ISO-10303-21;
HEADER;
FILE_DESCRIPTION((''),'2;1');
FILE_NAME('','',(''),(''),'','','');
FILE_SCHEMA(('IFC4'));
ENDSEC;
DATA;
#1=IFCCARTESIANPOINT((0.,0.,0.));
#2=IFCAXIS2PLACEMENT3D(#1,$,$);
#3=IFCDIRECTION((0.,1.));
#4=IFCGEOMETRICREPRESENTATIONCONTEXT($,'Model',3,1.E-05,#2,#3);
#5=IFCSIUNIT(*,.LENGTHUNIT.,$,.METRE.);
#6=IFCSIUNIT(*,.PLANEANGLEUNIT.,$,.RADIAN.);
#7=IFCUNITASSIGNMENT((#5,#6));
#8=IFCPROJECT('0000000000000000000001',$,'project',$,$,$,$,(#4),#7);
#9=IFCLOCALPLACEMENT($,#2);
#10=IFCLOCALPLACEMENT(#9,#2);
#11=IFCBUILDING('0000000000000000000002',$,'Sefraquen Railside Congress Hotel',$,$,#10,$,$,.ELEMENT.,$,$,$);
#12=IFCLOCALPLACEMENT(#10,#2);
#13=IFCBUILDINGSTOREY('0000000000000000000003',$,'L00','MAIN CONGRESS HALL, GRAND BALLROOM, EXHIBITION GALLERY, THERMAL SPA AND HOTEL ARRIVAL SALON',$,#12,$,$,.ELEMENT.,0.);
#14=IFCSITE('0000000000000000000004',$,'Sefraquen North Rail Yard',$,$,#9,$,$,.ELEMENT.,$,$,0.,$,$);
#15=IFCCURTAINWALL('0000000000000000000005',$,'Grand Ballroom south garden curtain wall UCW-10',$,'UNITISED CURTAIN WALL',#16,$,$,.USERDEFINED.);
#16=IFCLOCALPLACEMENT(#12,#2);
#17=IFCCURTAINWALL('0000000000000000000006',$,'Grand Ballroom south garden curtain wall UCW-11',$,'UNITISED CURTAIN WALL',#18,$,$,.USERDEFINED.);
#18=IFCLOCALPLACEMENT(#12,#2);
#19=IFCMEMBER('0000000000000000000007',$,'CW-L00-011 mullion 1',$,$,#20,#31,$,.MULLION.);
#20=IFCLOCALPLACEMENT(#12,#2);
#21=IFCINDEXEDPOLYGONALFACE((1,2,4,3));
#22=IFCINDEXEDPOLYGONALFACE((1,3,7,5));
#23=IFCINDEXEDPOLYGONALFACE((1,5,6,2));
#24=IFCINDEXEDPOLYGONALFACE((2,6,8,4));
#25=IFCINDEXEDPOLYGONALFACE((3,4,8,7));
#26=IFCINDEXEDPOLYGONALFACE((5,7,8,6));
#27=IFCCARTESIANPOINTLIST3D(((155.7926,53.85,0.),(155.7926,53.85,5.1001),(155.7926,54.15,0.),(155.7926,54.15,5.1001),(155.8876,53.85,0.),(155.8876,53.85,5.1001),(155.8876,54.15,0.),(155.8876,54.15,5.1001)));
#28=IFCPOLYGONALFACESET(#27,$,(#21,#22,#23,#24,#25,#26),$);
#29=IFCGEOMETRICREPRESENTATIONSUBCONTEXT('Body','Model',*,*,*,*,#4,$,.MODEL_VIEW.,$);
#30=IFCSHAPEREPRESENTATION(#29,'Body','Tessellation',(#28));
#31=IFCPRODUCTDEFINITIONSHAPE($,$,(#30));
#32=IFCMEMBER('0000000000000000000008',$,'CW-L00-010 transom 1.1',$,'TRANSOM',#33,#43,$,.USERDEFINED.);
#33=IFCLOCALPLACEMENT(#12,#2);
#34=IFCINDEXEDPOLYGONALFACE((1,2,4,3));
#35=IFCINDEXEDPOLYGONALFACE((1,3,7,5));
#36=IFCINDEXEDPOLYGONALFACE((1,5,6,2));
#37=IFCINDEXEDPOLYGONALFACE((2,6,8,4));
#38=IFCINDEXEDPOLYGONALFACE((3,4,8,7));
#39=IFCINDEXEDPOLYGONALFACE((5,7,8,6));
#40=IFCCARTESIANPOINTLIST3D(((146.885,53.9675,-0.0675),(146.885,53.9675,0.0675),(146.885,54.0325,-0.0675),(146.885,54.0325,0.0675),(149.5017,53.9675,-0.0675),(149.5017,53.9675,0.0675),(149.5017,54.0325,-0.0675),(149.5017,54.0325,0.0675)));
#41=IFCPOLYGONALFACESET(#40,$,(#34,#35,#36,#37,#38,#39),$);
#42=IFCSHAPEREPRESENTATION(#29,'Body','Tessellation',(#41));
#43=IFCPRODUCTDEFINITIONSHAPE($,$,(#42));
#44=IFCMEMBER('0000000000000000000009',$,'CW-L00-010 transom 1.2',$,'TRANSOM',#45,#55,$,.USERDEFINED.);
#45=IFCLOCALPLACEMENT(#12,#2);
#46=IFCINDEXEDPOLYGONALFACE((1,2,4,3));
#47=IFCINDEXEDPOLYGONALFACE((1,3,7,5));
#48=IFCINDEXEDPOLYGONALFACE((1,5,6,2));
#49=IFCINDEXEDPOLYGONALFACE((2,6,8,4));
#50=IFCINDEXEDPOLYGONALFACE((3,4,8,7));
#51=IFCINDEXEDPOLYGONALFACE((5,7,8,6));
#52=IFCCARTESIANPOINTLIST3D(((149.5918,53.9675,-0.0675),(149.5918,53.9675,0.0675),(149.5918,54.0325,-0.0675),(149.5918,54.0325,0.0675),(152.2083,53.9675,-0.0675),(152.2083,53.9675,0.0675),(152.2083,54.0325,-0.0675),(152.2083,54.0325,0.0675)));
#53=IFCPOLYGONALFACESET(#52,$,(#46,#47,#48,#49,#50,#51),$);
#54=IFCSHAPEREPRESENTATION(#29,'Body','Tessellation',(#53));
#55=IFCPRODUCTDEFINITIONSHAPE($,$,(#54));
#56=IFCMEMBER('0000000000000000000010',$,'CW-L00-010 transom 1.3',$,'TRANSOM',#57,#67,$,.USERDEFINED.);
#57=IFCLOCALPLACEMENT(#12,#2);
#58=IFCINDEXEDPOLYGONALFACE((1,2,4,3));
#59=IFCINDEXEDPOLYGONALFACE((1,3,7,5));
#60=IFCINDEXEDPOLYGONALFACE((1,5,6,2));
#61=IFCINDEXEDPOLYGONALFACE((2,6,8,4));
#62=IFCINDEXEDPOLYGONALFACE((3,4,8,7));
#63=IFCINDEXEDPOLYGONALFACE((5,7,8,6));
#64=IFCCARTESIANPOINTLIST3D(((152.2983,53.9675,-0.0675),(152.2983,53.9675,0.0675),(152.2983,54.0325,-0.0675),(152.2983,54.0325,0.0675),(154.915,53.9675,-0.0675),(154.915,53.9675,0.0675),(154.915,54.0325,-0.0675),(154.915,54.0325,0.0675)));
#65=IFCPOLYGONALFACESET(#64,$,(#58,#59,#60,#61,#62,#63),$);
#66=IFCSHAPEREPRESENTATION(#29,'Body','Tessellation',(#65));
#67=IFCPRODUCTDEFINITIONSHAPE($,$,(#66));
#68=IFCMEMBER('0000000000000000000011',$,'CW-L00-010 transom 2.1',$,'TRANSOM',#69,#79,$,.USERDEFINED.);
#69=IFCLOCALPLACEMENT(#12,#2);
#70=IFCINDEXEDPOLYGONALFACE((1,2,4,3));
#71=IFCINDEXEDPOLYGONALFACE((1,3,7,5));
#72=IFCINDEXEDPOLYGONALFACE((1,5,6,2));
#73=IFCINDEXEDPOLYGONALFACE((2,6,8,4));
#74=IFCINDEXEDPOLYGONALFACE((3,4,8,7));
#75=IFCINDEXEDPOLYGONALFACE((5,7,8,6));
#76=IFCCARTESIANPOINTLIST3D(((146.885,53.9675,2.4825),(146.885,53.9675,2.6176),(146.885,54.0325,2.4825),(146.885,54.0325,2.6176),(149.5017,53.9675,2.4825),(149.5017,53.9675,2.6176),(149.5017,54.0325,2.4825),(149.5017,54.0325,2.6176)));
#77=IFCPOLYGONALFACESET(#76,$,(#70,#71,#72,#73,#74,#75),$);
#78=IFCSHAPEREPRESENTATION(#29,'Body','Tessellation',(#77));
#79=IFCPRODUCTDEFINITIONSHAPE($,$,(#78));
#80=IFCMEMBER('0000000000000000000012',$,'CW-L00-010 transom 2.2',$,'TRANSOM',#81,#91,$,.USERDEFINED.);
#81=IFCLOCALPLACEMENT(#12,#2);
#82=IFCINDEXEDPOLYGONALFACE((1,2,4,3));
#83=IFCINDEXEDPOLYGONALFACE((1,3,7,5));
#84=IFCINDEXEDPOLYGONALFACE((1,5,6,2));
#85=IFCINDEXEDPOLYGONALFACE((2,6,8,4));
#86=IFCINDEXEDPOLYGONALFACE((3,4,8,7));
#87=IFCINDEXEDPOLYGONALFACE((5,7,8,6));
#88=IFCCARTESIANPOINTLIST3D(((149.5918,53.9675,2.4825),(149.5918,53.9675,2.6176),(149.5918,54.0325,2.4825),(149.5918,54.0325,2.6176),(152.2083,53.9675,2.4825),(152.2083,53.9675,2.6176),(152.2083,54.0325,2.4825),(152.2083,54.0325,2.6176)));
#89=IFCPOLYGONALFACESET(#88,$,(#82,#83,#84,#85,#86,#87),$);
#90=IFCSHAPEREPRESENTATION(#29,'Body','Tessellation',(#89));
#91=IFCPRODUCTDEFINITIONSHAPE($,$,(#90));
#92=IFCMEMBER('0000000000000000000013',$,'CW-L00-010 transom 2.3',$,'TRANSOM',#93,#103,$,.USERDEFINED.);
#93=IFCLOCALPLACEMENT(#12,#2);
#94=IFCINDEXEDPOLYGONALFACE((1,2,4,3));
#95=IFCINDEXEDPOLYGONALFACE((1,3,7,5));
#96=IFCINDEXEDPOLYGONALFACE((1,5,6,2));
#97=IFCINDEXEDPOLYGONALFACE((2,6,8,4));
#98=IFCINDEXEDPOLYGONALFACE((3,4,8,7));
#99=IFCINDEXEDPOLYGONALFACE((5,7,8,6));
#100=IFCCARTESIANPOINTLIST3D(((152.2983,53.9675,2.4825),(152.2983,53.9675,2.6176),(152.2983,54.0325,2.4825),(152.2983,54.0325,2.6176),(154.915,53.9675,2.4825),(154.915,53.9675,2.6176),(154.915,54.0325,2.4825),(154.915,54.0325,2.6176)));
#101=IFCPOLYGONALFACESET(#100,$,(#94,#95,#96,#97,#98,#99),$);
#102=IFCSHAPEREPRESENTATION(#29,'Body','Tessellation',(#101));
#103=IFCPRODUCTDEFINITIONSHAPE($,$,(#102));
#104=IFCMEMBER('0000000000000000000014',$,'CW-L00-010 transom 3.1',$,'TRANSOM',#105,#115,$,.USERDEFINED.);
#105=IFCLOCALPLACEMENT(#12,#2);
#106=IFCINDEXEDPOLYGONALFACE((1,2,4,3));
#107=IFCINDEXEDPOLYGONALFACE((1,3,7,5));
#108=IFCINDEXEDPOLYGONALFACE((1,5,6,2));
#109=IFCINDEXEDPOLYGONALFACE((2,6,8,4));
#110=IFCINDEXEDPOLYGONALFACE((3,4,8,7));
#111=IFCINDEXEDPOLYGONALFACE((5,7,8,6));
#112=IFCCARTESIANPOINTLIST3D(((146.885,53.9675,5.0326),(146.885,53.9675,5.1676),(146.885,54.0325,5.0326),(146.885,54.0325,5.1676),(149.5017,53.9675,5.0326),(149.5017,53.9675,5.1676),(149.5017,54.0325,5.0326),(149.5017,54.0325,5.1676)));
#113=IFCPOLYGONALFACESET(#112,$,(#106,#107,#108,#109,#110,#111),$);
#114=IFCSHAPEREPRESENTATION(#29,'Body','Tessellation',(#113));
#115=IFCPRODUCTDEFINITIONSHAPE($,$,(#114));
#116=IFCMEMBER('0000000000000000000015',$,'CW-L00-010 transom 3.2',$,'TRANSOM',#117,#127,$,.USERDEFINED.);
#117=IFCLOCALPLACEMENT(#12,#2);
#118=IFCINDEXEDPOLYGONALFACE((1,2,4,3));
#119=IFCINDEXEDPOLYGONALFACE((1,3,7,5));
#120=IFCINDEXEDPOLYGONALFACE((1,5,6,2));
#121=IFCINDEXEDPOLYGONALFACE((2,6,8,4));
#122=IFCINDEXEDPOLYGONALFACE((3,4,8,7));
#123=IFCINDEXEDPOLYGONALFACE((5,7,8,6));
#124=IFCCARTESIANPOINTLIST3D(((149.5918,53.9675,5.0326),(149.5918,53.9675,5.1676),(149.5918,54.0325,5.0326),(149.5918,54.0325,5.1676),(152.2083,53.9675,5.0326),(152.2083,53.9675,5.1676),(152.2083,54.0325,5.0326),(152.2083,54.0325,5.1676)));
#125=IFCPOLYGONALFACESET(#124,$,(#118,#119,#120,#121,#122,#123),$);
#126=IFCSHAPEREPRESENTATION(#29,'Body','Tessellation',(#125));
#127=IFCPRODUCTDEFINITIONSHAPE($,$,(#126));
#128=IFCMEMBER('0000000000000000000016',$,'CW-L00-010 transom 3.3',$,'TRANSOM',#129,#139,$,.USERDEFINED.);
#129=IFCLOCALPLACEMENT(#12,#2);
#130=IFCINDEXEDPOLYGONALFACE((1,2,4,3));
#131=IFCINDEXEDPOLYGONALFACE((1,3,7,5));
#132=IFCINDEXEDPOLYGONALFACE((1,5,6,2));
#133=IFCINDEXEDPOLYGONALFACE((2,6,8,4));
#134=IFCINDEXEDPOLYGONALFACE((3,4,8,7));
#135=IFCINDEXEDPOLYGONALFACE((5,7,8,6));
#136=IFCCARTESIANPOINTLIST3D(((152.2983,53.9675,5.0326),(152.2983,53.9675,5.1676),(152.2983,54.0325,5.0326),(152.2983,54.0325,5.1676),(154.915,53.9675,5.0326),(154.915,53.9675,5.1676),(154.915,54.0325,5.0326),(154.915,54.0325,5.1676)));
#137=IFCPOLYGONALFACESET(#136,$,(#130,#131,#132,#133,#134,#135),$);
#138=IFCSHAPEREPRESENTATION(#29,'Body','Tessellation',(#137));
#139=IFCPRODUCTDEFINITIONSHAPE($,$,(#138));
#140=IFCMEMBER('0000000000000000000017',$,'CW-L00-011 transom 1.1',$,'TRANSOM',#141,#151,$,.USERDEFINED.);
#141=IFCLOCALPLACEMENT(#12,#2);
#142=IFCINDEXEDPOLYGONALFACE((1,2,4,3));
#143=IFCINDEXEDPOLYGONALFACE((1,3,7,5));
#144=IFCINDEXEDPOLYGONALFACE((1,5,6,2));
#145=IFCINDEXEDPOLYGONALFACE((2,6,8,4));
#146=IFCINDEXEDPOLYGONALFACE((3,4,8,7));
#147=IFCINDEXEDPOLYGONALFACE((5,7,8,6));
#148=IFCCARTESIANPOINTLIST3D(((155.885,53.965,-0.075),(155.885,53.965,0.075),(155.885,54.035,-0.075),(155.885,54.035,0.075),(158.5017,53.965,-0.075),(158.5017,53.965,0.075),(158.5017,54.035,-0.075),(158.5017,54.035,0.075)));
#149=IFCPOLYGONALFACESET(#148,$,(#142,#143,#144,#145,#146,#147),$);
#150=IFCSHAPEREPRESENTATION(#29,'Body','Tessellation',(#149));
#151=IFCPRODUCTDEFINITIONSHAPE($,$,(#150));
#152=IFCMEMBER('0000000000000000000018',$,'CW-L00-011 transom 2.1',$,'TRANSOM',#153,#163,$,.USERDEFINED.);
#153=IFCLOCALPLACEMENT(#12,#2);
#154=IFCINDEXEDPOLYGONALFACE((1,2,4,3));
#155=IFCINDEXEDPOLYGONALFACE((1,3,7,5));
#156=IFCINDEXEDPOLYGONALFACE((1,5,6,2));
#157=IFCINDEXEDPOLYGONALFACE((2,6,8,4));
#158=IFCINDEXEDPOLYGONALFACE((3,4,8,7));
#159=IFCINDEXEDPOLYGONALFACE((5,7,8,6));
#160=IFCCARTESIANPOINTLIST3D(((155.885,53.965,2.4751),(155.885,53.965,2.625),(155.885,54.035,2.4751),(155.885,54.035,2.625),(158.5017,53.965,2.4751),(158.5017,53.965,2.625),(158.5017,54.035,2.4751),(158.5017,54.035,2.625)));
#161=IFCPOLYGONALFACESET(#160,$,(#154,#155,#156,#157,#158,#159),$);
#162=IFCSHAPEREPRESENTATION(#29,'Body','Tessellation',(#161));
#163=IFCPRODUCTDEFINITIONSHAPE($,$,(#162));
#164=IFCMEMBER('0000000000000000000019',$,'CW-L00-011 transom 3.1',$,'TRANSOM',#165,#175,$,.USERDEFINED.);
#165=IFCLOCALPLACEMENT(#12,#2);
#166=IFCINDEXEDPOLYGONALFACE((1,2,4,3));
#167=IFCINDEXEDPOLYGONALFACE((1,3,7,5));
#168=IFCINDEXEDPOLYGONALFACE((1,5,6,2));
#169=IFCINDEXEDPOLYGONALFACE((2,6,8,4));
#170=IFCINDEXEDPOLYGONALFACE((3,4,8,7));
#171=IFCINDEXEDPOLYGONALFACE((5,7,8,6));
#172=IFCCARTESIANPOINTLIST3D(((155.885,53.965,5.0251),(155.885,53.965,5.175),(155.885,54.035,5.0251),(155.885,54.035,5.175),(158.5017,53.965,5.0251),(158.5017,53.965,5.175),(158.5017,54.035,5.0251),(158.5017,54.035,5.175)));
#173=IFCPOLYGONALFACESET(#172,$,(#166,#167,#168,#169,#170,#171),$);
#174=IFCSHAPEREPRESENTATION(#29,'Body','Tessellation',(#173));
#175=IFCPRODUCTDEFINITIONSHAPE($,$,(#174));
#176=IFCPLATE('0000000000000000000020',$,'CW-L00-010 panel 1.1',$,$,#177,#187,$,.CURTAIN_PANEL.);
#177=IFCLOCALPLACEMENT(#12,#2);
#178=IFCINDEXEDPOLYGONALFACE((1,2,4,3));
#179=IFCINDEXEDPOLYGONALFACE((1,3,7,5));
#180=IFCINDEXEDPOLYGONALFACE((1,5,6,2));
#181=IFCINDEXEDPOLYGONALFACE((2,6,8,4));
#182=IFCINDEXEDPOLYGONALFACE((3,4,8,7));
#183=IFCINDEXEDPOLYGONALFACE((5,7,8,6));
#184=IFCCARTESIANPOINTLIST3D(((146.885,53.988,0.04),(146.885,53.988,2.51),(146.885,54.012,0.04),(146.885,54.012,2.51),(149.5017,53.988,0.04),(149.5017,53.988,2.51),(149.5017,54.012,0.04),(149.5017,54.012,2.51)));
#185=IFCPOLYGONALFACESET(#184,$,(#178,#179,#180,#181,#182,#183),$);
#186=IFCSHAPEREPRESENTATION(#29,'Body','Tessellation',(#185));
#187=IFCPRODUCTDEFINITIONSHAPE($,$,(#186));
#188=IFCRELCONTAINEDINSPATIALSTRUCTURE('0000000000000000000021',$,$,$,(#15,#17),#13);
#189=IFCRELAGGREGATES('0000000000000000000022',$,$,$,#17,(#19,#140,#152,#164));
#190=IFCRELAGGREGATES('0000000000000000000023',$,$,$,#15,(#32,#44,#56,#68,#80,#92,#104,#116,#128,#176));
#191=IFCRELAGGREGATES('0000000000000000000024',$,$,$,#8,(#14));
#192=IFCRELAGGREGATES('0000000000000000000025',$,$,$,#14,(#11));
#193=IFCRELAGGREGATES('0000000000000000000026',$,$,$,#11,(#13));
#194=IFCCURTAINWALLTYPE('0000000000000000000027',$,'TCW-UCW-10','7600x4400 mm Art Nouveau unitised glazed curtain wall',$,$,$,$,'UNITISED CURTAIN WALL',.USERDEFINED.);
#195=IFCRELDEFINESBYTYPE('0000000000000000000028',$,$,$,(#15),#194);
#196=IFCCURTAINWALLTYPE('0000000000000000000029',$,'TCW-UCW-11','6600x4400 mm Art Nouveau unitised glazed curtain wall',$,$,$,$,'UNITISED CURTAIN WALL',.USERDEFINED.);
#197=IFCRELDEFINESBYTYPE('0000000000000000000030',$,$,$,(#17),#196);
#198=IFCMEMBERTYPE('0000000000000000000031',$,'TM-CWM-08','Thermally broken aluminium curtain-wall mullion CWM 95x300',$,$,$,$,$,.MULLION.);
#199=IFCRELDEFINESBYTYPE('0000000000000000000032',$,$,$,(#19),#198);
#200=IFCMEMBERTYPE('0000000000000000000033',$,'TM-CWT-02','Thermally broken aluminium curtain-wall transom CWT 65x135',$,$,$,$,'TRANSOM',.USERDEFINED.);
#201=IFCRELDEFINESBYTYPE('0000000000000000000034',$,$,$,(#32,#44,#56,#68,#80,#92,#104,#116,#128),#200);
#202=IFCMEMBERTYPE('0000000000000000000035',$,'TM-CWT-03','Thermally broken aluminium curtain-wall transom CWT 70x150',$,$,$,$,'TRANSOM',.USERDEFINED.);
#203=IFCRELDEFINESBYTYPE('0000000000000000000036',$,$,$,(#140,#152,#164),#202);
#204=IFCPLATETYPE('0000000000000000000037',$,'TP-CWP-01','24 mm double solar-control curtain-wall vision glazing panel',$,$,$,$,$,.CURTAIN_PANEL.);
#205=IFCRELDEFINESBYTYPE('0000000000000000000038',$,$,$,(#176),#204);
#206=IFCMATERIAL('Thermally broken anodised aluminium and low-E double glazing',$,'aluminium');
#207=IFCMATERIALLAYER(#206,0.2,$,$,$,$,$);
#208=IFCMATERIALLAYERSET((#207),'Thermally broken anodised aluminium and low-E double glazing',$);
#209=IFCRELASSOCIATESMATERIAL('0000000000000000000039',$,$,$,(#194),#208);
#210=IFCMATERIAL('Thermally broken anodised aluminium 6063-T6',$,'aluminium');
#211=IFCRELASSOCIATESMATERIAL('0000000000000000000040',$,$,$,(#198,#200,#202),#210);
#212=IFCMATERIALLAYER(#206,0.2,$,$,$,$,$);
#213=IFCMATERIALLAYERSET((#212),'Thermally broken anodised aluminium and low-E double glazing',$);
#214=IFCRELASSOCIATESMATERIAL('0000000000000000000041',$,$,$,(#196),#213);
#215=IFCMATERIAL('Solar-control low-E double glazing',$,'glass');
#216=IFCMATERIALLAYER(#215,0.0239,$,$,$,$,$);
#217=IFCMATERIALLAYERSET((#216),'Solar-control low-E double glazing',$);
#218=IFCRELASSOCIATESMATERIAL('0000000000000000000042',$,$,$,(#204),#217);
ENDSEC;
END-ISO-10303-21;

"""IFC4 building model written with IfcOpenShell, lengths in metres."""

from ifc_helpers import new_model, si_unit, direction, frame, origin, origin_2d, place, context, subcontext, project, spatial, rectangle, extrude, material, layer, layer_set, material_profile, profile_set, type_object, element, aggregate, save


model = new_model("IFC4")

# Units and contexts
model_context = context("Model", 3, precision=1e-05, world=origin(), true_north=direction((0.0, 1.0)))
body_context = subcontext(model_context, "Body", "Model", "MODEL_VIEW")
ifc_project = project(units=[si_unit("LENGTHUNIT", "METRE"), si_unit("PLANEANGLEUNIT", "RADIAN")], contexts=[model_context])

# Site, building, storey
site_placement = place(None, origin())
site = spatial("IfcSite", under=ifc_project, at=site_placement, Name="Sefraquen North Rail Yard", CompositionType="ELEMENT", RefElevation=0.0)
building_placement = place(site_placement, origin())
building = spatial("IfcBuilding", under=site, at=building_placement, Name="Sefraquen Railside Congress Hotel", CompositionType="ELEMENT")
storey_placement = place(building_placement, origin())
storey = spatial("IfcBuildingStorey", under=building, at=storey_placement, Name="L00", Description="MAIN CONGRESS HALL, GRAND BALLROOM, EXHIBITION GALLERY, THERMAL SPA AND HOTEL ARRIVAL SALON", CompositionType="ELEMENT", Elevation=0.0)

# Curtain wall
ifc_material_1 = material(Name="Thermally broken anodised aluminium and low-E double glazing", Category="aluminium")
ifc_layer_1 = layer(ifc_material_1, 0.2)
ifc_layer_set_1 = layer_set([ifc_layer_1], Name="Thermally broken anodised aluminium and low-E double glazing")
curtain_wall_type_1 = type_object("IfcCurtainWallType", Name="TCW-UCW-10", Description="7600x4400 mm Art Nouveau unitised glazed curtain wall", ElementType="UNITISED CURTAIN WALL", PredefinedType="USERDEFINED", material=ifc_layer_set_1)
curtain_wall_1_placement = place(storey_placement, origin())
curtain_wall_1 = element("IfcCurtainWall", 1, at=curtain_wall_1_placement, inside=storey, type_object=curtain_wall_type_1, Name="Grand Ballroom south garden curtain wall UCW-10", ObjectType="UNITISED CURTAIN WALL", PredefinedType="USERDEFINED")
ifc_material_2 = material(Name="Thermally broken anodised aluminium 6063-T6", Category="aluminium")
ifc_material_profile_1 = material_profile(ifc_material_2, rectangle(XDim=0.095, YDim=0.3, at=origin_2d()), Name="CWM 95x300")
ifc_profile_set_1 = profile_set([ifc_material_profile_1], Name="Thermally broken anodised aluminium 6063-T6")
member_type_1 = type_object("IfcMemberType", Name="TM-CWM-08", Description="Thermally broken aluminium curtain-wall mullion CWM 95x300", PredefinedType="MULLION", material=ifc_profile_set_1)

# Curtain wall, member
ifc_layer_2 = layer(ifc_material_1, 0.2)
ifc_layer_set_2 = layer_set([ifc_layer_2], Name="Thermally broken anodised aluminium and low-E double glazing")
curtain_wall_type_2 = type_object("IfcCurtainWallType", Name="TCW-UCW-11", Description="6600x4400 mm Art Nouveau unitised glazed curtain wall", ElementType="UNITISED CURTAIN WALL", PredefinedType="USERDEFINED", material=ifc_layer_set_2)
curtain_wall_2_placement = place(storey_placement, origin())
curtain_wall_2 = element("IfcCurtainWall", 2, at=curtain_wall_2_placement, inside=storey, type_object=curtain_wall_type_2, Name="Grand Ballroom south garden curtain wall UCW-11", ObjectType="UNITISED CURTAIN WALL", PredefinedType="USERDEFINED")
member_1_placement = place(storey_placement, frame((155.8401, 54.0, 0.0), z_axis=(0.0, 0.0, 1.0), x_axis=(1.0, 0.0, 0.0)))
member_1 = element("IfcMember", 3, at=member_1_placement, type_object=member_type_1, Name="CW-L00-011 mullion 1", PredefinedType="MULLION", context=body_context, shape_type="SweptSolid", body=[
    extrude(rectangle(XDim=0.095, YDim=0.3, at=origin_2d()), origin(), (0.0, 0.0, 1.0), 5.1001),
])

# Members
ifc_material_profile_2 = material_profile(ifc_material_2, rectangle(XDim=0.0649, YDim=0.135, at=origin_2d()), Name="CWT 65x135")
ifc_profile_set_2 = profile_set([ifc_material_profile_2], Name="Thermally broken anodised aluminium 6063-T6")
member_type_2 = type_object("IfcMemberType", Name="TM-CWT-02", Description="Thermally broken aluminium curtain-wall transom CWT 65x135", ElementType="TRANSOM", PredefinedType="USERDEFINED", material=ifc_profile_set_2)
member_2_placement = place(storey_placement, frame((146.885, 54.0, 0.0), z_axis=(1.0, 0.0, 0.0), x_axis=(0.0, 1.0, 0.0)))
member_2 = element("IfcMember", 4, at=member_2_placement, type_object=member_type_2, Name="CW-L00-010 transom 1.1", ObjectType="TRANSOM", PredefinedType="USERDEFINED", context=body_context, shape_type="SweptSolid", body=[
    extrude(rectangle(XDim=0.0649, YDim=0.135, at=origin_2d()), origin(), (0.0, 0.0, 1.0), 2.6167),
])
member_3_placement = place(storey_placement, frame((149.5918, 54.0, 0.0), z_axis=(1.0, 0.0, 0.0), x_axis=(0.0, 1.0, 0.0)))
member_3 = element("IfcMember", 5, at=member_3_placement, type_object=member_type_2, Name="CW-L00-010 transom 1.2", ObjectType="TRANSOM", PredefinedType="USERDEFINED", context=body_context, shape_type="SweptSolid", body=[
    extrude(rectangle(XDim=0.0649, YDim=0.135, at=origin_2d()), origin(), (0.0, 0.0, 1.0), 2.6165),
])
member_4_placement = place(storey_placement, frame((152.2983, 54.0, 0.0), z_axis=(1.0, 0.0, 0.0), x_axis=(0.0, 1.0, 0.0)))
member_4 = element("IfcMember", 6, at=member_4_placement, type_object=member_type_2, Name="CW-L00-010 transom 1.3", ObjectType="TRANSOM", PredefinedType="USERDEFINED", context=body_context, shape_type="SweptSolid", body=[
    extrude(rectangle(XDim=0.0649, YDim=0.135, at=origin_2d()), origin(), (0.0, 0.0, 1.0), 2.6167),
])
member_5_placement = place(storey_placement, frame((146.885, 54.0, 2.55), z_axis=(1.0, 0.0, 0.0), x_axis=(0.0, 1.0, 0.0)))
member_5 = element("IfcMember", 7, at=member_5_placement, type_object=member_type_2, Name="CW-L00-010 transom 2.1", ObjectType="TRANSOM", PredefinedType="USERDEFINED", context=body_context, shape_type="SweptSolid", body=[
    extrude(rectangle(XDim=0.0649, YDim=0.135, at=origin_2d()), origin(), (0.0, 0.0, 1.0), 2.6167),
])
member_6_placement = place(storey_placement, frame((149.5918, 54.0, 2.55), z_axis=(1.0, 0.0, 0.0), x_axis=(0.0, 1.0, 0.0)))
member_6 = element("IfcMember", 8, at=member_6_placement, type_object=member_type_2, Name="CW-L00-010 transom 2.2", ObjectType="TRANSOM", PredefinedType="USERDEFINED", context=body_context, shape_type="SweptSolid", body=[
    extrude(rectangle(XDim=0.0649, YDim=0.135, at=origin_2d()), origin(), (0.0, 0.0, 1.0), 2.6165),
])
member_7_placement = place(storey_placement, frame((152.2983, 54.0, 2.55), z_axis=(1.0, 0.0, 0.0), x_axis=(0.0, 1.0, 0.0)))
member_7 = element("IfcMember", 9, at=member_7_placement, type_object=member_type_2, Name="CW-L00-010 transom 2.3", ObjectType="TRANSOM", PredefinedType="USERDEFINED", context=body_context, shape_type="SweptSolid", body=[
    extrude(rectangle(XDim=0.0649, YDim=0.135, at=origin_2d()), origin(), (0.0, 0.0, 1.0), 2.6167),
])
member_8_placement = place(storey_placement, frame((146.885, 54.0, 5.1001), z_axis=(1.0, 0.0, 0.0), x_axis=(0.0, 1.0, 0.0)))
member_8 = element("IfcMember", 10, at=member_8_placement, type_object=member_type_2, Name="CW-L00-010 transom 3.1", ObjectType="TRANSOM", PredefinedType="USERDEFINED", context=body_context, shape_type="SweptSolid", body=[
    extrude(rectangle(XDim=0.0649, YDim=0.135, at=origin_2d()), origin(), (0.0, 0.0, 1.0), 2.6167),
])
member_9_placement = place(storey_placement, frame((149.5918, 54.0, 5.1001), z_axis=(1.0, 0.0, 0.0), x_axis=(0.0, 1.0, 0.0)))
member_9 = element("IfcMember", 11, at=member_9_placement, type_object=member_type_2, Name="CW-L00-010 transom 3.2", ObjectType="TRANSOM", PredefinedType="USERDEFINED", context=body_context, shape_type="SweptSolid", body=[
    extrude(rectangle(XDim=0.0649, YDim=0.135, at=origin_2d()), origin(), (0.0, 0.0, 1.0), 2.6165),
])
member_10_placement = place(storey_placement, frame((152.2983, 54.0, 5.1001), z_axis=(1.0, 0.0, 0.0), x_axis=(0.0, 1.0, 0.0)))
member_10 = element("IfcMember", 12, at=member_10_placement, type_object=member_type_2, Name="CW-L00-010 transom 3.3", ObjectType="TRANSOM", PredefinedType="USERDEFINED", context=body_context, shape_type="SweptSolid", body=[
    extrude(rectangle(XDim=0.0649, YDim=0.135, at=origin_2d()), origin(), (0.0, 0.0, 1.0), 2.6167),
])
ifc_material_profile_3 = material_profile(ifc_material_2, rectangle(XDim=0.0701, YDim=0.1499, at=origin_2d()), Name="CWT 70x150")
ifc_profile_set_3 = profile_set([ifc_material_profile_3], Name="Thermally broken anodised aluminium 6063-T6")
member_type_3 = type_object("IfcMemberType", Name="TM-CWT-03", Description="Thermally broken aluminium curtain-wall transom CWT 70x150", ElementType="TRANSOM", PredefinedType="USERDEFINED", material=ifc_profile_set_3)
member_11_placement = place(storey_placement, frame((155.885, 54.0, 0.0), z_axis=(1.0, 0.0, 0.0), x_axis=(0.0, 1.0, 0.0)))
member_11 = element("IfcMember", 13, at=member_11_placement, type_object=member_type_3, Name="CW-L00-011 transom 1.1", ObjectType="TRANSOM", PredefinedType="USERDEFINED", context=body_context, shape_type="SweptSolid", body=[
    extrude(rectangle(XDim=0.0701, YDim=0.1499, at=origin_2d()), origin(), (0.0, 0.0, 1.0), 2.6167),
])
member_12_placement = place(storey_placement, frame((155.885, 54.0, 2.55), z_axis=(1.0, 0.0, 0.0), x_axis=(0.0, 1.0, 0.0)))
member_12 = element("IfcMember", 14, at=member_12_placement, type_object=member_type_3, Name="CW-L00-011 transom 2.1", ObjectType="TRANSOM", PredefinedType="USERDEFINED", context=body_context, shape_type="SweptSolid", body=[
    extrude(rectangle(XDim=0.0701, YDim=0.1499, at=origin_2d()), origin(), (0.0, 0.0, 1.0), 2.6167),
])
member_13_placement = place(storey_placement, frame((155.885, 54.0, 5.1001), z_axis=(1.0, 0.0, 0.0), x_axis=(0.0, 1.0, 0.0)))
member_13 = element("IfcMember", 15, at=member_13_placement, type_object=member_type_3, Name="CW-L00-011 transom 3.1", ObjectType="TRANSOM", PredefinedType="USERDEFINED", context=body_context, shape_type="SweptSolid", body=[
    extrude(rectangle(XDim=0.0701, YDim=0.1499, at=origin_2d()), origin(), (0.0, 0.0, 1.0), 2.6167),
])
aggregate(curtain_wall_2, [member_1, member_11, member_12, member_13])

# Plate
ifc_material_3 = material(Name="Solar-control low-E double glazing", Category="glass")
ifc_layer_3 = layer(ifc_material_3, 0.0239)
ifc_layer_set_3 = layer_set([ifc_layer_3], Name="Solar-control low-E double glazing")
plate_type_1 = type_object("IfcPlateType", Name="TP-CWP-01", Description="24 mm double solar-control curtain-wall vision glazing panel", PredefinedType="CURTAIN_PANEL", material=ifc_layer_set_3)
plate_1_placement = place(storey_placement, frame((148.1934, 54.0, 0.04), z_axis=(0.0, 0.0, 1.0), x_axis=(1.0, 0.0, 0.0)))
plate_1 = element("IfcPlate", 16, at=plate_1_placement, type_object=plate_type_1, Name="CW-L00-010 panel 1.1", PredefinedType="CURTAIN_PANEL", context=body_context, shape_type="SweptSolid", body=[
    extrude(rectangle(XDim=2.6167, YDim=0.0239, at=origin_2d()), origin(), (0.0, 0.0, 1.0), 2.47),
])
aggregate(curtain_wall_1, [member_2, member_3, member_4, member_5, member_6, member_7, member_8, member_9, member_10, plate_1])

save(model, "model.ifc")
